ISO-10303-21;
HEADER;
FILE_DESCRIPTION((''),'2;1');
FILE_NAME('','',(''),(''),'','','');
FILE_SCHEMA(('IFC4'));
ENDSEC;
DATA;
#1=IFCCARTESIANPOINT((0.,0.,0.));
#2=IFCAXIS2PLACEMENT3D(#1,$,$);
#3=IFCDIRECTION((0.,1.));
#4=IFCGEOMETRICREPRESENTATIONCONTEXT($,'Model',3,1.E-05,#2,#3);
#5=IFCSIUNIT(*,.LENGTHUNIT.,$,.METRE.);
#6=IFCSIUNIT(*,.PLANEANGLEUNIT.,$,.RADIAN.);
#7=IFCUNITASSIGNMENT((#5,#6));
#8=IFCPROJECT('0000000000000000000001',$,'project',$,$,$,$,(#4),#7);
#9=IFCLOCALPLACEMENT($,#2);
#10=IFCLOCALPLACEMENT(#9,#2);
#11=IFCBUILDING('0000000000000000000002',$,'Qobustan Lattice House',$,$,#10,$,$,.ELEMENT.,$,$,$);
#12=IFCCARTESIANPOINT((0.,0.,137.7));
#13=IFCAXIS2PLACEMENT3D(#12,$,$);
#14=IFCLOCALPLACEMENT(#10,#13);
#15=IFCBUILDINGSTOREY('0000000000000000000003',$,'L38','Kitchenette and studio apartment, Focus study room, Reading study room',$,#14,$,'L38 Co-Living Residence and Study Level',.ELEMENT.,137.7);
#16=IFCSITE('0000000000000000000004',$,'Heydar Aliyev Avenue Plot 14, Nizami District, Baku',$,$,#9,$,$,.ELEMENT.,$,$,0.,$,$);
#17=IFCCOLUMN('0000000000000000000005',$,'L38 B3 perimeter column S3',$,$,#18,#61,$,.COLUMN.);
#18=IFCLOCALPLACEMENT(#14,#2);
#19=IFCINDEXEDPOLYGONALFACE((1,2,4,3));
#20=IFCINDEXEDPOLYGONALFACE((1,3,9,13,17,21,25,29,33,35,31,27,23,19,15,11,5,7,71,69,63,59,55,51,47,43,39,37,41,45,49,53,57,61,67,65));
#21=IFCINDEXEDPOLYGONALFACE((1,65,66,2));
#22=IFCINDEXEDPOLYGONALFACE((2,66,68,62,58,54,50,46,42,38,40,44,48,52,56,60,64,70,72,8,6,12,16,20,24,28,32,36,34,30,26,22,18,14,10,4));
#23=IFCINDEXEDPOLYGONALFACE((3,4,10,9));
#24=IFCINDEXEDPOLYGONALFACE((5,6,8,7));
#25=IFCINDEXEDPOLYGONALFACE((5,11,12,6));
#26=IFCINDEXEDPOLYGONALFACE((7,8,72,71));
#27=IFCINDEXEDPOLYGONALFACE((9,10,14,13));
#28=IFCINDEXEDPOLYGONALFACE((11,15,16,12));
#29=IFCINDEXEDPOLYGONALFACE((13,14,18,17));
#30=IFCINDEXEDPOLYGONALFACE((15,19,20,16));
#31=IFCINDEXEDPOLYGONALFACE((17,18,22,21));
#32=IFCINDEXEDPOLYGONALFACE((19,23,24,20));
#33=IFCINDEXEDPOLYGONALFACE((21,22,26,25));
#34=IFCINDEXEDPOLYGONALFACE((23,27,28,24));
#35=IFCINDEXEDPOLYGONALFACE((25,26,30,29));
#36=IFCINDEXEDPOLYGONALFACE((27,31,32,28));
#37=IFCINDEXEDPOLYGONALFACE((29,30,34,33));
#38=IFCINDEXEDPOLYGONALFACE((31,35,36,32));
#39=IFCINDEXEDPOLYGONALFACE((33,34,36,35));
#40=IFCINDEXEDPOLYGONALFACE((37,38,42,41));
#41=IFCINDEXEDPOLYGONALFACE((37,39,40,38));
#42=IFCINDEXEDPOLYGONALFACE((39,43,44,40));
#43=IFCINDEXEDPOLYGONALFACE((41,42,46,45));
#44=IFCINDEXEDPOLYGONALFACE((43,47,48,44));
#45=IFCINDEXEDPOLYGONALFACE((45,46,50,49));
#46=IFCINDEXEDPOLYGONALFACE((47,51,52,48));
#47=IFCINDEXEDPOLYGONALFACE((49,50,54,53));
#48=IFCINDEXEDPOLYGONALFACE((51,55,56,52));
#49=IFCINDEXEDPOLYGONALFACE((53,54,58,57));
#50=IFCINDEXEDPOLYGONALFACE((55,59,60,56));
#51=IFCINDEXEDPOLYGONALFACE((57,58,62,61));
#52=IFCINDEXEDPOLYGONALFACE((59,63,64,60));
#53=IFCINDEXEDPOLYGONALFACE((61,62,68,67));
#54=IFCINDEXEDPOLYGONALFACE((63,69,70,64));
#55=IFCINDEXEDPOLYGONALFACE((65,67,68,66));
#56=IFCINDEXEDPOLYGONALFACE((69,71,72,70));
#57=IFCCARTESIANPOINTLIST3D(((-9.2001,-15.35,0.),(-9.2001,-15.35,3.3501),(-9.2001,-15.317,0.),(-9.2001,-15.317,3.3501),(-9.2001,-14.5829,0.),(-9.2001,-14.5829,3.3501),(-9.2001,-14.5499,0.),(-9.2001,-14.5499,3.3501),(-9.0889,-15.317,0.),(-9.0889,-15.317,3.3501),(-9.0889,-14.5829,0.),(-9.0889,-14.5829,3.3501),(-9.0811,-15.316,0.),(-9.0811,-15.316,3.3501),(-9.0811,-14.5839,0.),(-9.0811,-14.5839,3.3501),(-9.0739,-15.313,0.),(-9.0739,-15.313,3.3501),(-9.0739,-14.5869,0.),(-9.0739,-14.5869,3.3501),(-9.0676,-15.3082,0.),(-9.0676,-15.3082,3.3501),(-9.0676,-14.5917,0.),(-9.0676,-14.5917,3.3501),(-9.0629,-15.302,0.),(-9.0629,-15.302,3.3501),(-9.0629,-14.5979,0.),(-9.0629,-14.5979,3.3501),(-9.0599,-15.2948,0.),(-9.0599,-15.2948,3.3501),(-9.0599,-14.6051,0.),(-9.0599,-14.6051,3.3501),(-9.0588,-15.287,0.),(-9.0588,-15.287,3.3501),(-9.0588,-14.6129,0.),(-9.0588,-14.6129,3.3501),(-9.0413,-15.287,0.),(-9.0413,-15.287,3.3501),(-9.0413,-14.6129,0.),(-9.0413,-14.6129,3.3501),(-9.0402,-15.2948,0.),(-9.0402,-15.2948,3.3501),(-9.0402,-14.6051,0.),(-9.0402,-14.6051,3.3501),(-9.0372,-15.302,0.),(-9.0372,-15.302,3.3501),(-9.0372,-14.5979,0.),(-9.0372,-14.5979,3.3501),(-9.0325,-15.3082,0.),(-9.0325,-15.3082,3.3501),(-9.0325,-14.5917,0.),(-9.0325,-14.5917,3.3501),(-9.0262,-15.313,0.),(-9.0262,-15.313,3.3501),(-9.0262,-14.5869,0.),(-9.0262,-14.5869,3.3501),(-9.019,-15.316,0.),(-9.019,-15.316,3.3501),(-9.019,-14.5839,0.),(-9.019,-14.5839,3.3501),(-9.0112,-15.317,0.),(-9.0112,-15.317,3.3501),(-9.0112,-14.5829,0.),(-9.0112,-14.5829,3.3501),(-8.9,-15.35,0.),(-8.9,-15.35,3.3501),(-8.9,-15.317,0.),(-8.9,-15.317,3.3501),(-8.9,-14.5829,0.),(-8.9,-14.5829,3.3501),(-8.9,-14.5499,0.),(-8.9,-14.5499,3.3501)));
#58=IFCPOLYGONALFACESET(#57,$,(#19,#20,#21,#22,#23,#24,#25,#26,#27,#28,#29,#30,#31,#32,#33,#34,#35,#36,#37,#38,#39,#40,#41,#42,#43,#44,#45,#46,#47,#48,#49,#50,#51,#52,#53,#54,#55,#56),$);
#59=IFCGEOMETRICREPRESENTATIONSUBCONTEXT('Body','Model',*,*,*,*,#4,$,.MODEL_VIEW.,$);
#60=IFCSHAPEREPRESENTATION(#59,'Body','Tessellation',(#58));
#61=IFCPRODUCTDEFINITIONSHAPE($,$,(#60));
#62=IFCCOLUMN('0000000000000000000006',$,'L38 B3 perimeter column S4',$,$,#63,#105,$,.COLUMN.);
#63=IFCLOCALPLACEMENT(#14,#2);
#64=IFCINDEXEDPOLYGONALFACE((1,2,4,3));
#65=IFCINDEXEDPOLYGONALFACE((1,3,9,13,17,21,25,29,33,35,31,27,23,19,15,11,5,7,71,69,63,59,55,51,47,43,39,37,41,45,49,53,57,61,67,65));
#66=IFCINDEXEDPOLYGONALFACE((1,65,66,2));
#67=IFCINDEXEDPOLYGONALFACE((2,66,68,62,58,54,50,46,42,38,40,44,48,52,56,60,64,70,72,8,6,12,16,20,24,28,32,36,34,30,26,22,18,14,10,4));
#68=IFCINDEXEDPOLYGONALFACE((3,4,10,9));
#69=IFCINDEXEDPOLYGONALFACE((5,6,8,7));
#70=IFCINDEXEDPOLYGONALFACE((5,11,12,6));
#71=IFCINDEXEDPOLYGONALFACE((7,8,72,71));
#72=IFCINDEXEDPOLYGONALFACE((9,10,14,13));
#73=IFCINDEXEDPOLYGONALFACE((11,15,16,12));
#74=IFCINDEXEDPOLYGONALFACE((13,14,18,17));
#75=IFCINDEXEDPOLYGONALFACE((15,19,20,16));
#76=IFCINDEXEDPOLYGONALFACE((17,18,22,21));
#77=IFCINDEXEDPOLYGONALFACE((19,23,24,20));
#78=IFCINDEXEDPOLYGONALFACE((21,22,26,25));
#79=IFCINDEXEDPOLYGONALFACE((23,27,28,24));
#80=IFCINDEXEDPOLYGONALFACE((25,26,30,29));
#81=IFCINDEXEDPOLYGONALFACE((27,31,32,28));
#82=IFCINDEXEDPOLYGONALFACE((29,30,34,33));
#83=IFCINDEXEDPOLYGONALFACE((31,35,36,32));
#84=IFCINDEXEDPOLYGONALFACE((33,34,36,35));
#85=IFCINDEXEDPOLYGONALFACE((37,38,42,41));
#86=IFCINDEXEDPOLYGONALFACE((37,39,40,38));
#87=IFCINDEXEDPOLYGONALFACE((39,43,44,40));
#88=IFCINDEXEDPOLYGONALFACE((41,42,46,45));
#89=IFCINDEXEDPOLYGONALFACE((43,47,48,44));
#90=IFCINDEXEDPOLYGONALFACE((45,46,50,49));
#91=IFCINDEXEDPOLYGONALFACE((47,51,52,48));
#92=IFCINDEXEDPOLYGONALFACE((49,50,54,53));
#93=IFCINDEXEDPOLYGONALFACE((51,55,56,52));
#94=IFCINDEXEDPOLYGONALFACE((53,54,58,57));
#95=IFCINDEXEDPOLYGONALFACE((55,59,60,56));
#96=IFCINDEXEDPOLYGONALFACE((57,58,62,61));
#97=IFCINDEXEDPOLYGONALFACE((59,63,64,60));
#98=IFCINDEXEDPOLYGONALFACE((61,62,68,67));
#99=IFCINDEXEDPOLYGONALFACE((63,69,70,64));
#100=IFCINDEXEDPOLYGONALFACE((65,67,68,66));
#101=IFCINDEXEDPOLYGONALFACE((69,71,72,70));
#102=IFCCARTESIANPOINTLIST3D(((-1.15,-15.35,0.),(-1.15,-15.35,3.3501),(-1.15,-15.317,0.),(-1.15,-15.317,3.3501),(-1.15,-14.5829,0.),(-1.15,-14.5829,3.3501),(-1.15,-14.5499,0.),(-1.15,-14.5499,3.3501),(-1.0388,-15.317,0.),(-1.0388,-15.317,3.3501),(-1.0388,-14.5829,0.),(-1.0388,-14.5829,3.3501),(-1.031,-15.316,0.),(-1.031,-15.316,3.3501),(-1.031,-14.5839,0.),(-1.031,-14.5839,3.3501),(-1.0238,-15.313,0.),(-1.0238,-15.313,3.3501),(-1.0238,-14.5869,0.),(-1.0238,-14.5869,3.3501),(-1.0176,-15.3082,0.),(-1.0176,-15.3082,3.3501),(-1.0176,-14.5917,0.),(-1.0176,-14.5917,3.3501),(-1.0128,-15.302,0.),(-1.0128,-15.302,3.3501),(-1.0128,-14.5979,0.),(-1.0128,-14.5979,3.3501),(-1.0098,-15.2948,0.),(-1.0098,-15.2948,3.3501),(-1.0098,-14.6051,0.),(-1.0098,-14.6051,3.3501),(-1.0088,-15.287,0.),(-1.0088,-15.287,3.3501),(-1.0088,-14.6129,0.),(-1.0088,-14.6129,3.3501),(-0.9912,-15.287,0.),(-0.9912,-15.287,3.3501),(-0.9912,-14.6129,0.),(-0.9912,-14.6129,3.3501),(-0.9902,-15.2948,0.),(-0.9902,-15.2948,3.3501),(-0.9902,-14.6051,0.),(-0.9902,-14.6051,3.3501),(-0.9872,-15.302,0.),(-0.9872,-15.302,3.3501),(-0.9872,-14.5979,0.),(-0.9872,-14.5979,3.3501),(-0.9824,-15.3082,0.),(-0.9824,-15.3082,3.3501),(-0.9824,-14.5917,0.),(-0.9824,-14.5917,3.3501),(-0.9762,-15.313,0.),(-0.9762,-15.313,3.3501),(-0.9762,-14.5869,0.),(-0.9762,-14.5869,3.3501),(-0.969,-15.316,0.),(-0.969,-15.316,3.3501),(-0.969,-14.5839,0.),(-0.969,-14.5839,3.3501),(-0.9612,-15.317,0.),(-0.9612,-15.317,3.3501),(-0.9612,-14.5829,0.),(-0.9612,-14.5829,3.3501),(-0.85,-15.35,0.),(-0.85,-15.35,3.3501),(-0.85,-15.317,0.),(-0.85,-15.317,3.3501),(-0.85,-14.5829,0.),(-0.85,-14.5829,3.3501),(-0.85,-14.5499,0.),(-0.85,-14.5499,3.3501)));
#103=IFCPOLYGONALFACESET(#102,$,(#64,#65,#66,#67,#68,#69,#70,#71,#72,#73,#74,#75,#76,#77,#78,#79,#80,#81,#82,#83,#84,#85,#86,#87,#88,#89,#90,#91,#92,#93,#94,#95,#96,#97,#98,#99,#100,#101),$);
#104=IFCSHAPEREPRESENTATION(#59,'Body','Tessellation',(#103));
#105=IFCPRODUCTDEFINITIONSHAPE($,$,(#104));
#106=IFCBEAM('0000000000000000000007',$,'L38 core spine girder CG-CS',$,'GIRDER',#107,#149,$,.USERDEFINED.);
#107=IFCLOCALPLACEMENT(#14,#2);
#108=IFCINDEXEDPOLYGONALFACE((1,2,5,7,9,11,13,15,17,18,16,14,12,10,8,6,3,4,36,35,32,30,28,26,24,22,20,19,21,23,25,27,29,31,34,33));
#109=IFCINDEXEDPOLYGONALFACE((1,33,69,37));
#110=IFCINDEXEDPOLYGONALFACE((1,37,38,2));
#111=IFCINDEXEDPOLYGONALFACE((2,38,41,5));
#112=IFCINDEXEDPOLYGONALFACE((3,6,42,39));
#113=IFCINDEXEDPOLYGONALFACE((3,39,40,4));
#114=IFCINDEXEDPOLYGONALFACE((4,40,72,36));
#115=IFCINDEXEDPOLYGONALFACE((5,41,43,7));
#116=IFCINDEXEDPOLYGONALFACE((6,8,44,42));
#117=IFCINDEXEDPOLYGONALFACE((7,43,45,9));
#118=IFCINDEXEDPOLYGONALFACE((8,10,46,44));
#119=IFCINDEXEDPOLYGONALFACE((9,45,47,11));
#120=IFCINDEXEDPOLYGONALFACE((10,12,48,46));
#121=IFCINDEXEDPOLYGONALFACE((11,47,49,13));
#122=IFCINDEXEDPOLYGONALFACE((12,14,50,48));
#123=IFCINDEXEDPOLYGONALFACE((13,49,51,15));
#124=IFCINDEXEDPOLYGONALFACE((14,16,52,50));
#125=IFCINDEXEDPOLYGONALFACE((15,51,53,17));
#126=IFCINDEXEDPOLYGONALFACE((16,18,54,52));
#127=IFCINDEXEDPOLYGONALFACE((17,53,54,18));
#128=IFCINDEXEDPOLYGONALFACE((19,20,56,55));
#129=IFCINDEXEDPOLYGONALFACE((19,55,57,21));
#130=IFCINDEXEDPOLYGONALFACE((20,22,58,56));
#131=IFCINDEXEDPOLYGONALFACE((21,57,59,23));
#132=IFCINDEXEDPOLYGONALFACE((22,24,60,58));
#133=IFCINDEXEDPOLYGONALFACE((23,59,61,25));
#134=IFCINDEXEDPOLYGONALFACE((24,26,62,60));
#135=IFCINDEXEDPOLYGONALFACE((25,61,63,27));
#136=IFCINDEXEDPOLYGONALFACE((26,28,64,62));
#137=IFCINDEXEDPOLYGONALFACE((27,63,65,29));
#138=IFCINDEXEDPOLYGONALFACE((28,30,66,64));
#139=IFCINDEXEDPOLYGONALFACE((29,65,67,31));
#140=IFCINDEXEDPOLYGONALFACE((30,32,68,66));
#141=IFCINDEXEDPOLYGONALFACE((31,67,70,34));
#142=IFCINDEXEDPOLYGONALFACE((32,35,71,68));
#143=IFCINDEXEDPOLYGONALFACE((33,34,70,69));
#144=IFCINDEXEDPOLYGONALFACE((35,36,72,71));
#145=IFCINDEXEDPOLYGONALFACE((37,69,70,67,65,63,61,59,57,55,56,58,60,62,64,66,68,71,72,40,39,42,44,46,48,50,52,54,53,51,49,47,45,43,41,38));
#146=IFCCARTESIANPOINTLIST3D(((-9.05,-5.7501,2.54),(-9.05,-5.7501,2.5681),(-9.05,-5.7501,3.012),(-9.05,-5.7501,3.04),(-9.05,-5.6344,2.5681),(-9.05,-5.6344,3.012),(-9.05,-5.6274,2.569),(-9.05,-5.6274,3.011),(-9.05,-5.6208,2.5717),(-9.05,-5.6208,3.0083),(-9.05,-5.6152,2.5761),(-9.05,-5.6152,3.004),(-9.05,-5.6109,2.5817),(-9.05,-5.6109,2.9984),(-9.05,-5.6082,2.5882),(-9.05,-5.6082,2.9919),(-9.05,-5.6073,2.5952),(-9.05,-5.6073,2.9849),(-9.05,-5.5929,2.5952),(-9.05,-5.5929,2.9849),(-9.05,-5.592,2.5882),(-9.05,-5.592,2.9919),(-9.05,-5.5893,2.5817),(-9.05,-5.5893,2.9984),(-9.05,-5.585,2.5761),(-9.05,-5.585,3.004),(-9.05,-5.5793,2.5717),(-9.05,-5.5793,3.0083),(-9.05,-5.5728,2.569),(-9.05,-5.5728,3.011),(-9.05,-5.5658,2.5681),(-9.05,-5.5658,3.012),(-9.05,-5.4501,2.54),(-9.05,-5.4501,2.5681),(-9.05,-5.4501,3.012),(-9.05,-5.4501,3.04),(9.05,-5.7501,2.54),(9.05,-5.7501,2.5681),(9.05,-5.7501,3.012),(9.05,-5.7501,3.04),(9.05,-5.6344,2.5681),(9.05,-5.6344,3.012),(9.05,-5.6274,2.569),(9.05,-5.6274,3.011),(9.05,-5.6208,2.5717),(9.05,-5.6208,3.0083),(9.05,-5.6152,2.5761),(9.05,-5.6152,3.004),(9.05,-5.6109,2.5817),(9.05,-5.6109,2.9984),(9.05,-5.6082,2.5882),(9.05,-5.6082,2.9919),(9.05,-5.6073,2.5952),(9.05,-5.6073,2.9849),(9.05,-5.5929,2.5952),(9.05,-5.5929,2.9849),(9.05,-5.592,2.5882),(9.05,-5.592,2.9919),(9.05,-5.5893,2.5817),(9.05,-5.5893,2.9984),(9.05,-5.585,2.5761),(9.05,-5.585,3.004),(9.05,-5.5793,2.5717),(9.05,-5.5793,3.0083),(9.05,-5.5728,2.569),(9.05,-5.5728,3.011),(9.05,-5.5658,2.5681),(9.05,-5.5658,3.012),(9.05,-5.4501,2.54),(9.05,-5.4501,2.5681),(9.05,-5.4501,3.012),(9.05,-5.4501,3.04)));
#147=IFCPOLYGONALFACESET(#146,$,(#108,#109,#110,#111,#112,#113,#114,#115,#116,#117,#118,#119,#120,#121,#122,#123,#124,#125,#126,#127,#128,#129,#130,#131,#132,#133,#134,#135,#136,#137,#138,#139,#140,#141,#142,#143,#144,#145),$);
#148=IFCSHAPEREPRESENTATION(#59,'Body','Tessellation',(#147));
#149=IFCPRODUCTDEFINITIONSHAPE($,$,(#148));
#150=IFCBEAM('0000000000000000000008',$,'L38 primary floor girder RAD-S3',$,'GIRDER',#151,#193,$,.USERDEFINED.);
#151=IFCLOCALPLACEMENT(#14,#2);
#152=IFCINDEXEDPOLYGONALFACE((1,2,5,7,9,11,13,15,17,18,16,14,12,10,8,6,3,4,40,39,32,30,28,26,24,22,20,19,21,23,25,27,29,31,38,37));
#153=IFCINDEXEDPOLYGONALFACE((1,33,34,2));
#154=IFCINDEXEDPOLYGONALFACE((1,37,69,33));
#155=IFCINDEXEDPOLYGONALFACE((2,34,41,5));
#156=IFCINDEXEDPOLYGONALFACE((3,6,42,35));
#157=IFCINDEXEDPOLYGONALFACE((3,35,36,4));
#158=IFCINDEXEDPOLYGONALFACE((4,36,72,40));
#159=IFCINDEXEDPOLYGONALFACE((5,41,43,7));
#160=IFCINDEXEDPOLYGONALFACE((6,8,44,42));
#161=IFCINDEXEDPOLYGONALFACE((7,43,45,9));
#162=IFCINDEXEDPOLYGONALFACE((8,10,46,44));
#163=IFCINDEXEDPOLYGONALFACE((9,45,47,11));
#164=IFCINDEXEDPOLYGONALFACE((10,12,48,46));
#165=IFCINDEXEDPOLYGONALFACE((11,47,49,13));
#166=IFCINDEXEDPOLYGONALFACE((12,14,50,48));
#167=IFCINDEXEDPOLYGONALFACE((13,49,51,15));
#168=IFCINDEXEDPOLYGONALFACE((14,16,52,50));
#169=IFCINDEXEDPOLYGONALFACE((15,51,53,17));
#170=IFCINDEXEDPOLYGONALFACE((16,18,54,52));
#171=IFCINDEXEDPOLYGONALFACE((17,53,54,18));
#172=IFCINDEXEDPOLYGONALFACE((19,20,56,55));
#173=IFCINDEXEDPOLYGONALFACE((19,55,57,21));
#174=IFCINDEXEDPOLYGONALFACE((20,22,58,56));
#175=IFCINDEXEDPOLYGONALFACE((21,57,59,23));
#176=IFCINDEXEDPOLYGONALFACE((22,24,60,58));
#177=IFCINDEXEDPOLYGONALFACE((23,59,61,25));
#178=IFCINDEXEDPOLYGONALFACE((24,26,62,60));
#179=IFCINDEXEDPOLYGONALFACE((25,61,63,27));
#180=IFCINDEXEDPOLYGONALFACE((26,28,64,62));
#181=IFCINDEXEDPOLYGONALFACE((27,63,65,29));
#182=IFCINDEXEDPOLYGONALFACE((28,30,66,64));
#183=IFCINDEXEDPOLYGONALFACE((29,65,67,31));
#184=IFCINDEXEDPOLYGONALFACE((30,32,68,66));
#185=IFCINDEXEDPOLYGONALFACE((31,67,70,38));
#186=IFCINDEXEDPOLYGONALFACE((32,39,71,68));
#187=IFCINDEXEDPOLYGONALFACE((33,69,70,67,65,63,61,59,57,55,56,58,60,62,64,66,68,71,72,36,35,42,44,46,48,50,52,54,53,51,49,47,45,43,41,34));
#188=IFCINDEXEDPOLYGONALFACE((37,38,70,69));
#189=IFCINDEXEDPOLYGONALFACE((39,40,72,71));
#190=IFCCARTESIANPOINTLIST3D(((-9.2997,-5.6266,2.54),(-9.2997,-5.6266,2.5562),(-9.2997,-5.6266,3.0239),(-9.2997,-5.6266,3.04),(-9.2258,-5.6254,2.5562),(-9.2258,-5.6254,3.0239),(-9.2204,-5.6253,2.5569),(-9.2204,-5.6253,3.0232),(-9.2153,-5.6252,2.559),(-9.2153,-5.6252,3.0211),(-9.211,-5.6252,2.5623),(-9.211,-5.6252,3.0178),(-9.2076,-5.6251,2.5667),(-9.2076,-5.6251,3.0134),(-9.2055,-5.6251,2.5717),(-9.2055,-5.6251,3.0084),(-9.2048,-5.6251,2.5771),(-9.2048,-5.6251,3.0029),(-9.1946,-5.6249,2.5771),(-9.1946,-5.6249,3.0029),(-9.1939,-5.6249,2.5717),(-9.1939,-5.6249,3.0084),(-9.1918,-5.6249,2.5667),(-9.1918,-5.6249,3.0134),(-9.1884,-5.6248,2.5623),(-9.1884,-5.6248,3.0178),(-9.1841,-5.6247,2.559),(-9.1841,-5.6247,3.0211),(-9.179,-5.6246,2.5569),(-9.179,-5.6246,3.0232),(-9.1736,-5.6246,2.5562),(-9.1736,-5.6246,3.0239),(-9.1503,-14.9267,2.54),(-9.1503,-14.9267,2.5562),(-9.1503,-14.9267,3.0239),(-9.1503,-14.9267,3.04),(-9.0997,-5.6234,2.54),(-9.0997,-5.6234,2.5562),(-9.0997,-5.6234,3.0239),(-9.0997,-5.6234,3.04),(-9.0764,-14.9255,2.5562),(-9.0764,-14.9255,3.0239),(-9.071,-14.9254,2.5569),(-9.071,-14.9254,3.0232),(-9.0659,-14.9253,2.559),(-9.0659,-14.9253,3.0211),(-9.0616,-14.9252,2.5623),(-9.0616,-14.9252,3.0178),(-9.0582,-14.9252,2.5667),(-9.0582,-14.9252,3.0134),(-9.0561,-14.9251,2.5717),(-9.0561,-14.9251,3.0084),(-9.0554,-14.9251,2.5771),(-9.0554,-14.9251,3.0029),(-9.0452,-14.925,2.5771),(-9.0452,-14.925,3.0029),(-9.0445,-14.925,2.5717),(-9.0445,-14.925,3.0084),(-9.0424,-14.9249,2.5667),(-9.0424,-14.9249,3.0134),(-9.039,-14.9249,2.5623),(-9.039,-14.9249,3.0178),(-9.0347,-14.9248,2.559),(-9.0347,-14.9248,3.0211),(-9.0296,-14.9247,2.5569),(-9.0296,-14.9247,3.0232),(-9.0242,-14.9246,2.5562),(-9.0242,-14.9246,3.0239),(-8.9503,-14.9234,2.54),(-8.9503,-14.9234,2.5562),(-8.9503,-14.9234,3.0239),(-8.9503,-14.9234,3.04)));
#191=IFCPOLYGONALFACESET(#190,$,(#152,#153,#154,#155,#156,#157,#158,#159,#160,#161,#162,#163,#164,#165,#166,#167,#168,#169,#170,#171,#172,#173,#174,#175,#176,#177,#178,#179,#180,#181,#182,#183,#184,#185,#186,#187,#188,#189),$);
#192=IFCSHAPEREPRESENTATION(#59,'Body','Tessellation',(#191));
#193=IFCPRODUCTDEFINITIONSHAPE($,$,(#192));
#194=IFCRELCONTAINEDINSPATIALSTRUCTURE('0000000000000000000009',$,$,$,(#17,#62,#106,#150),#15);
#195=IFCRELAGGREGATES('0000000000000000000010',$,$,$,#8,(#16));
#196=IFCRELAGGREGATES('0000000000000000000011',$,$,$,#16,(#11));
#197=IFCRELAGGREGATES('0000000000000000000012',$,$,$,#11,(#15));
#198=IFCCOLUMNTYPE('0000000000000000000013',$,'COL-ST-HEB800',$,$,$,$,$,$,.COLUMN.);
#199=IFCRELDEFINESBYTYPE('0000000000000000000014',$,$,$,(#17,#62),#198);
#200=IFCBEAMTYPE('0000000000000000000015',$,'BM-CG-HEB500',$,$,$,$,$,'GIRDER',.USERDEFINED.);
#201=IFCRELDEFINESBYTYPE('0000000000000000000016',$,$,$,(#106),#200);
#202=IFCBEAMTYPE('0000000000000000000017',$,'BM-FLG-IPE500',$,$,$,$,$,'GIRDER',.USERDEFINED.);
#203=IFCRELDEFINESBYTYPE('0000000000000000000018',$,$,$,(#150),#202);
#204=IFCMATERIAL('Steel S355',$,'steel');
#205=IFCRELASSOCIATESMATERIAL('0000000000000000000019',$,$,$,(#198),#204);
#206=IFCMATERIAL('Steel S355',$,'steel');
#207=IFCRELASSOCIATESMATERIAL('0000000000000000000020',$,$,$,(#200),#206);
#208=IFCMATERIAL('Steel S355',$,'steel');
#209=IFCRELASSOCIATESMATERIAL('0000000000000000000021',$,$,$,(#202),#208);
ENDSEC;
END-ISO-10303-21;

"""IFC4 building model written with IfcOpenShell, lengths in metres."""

from ifc_helpers import new_model, si_unit, direction, frame, origin, origin_2d, place, context, subcontext, project, spatial, i_section, extrude, material, material_profile, profile_set, type_object, element, save


model = new_model("IFC4")

# Units and contexts
model_context = context("Model", 3, precision=1e-05, world=origin(), true_north=direction((0.0, 1.0)))
body_context = subcontext(model_context, "Body", "Model", "MODEL_VIEW")
ifc_project = project(units=[si_unit("LENGTHUNIT", "METRE"), si_unit("PLANEANGLEUNIT", "RADIAN")], contexts=[model_context])

# Site, building, storey
site_placement = place(None, origin())
site = spatial("IfcSite", under=ifc_project, at=site_placement, Name="Heydar Aliyev Avenue Plot 14, Nizami District, Baku", CompositionType="ELEMENT", RefElevation=0.0)
building_placement = place(site_placement, origin())
building = spatial("IfcBuilding", under=site, at=building_placement, Name="Qobustan Lattice House", CompositionType="ELEMENT")
storey_placement = place(building_placement, frame((0.0, 0.0, 137.7)))
storey = spatial("IfcBuildingStorey", under=building, at=storey_placement, Name="L38", Description="Kitchenette and studio apartment, Focus study room, Reading study room", LongName="L38 Co-Living Residence and Study Level", CompositionType="ELEMENT", Elevation=137.7)

# Columns
ifc_material_1 = material(Name="Steel S355", Category="steel")
ifc_material_profile_1 = material_profile(ifc_material_1, i_section(OverallWidth=0.3, OverallDepth=0.8, WebThickness=0.0176, FlangeThickness=0.033, FilletRadius=0.03, at=origin_2d()), Name="HEB800")
ifc_profile_set_1 = profile_set([ifc_material_profile_1], Name="Steel S355")
column_type = type_object("IfcColumnType", Name="COL-ST-HEB800", PredefinedType="COLUMN", material=ifc_profile_set_1)
for number, where, z_axis, x_axis, name in (
    (1, (-9.05, -14.95, 0.0), (0.0, 0.0, 1.0), (1.0, 0.0, 0.0), "L38 B3 perimeter column S3"),
    (2, (-1.0, -14.95, 0.0), (0.0, 0.0, 1.0), (1.0, 0.0, 0.0), "L38 B3 perimeter column S4"),
):
    element("IfcColumn", number, at=place(storey_placement, frame(where, z_axis=z_axis, x_axis=x_axis)), inside=storey, type_object=column_type, Name=name, PredefinedType="COLUMN", context=body_context, shape_type="SweptSolid", body=[
        extrude(i_section(OverallWidth=0.3, OverallDepth=0.8, WebThickness=0.0176, FlangeThickness=0.033, FilletRadius=0.03, at=origin_2d()), origin(), (0.0, 0.0, 1.0), 3.3501),
    ])

# Beams
ifc_material_2 = material(Name="Steel S355", Category="steel")
ifc_material_profile_2 = material_profile(ifc_material_2, i_section(OverallWidth=0.3, OverallDepth=0.5, WebThickness=0.0144, FlangeThickness=0.0281, FilletRadius=0.0271, at=origin_2d()), Name="HEB500")
ifc_profile_set_2 = profile_set([ifc_material_profile_2], Name="Steel S355")
beam_type_1 = type_object("IfcBeamType", Name="BM-CG-HEB500", ElementType="GIRDER", PredefinedType="USERDEFINED", material=ifc_profile_set_2)
beam_1_placement = place(storey_placement, frame((-9.05, -5.6001, 2.79), z_axis=(1.0, 0.0, 0.0), x_axis=(0.0, 1.0, 0.0)))
element("IfcBeam", 3, at=beam_1_placement, inside=storey, type_object=beam_type_1, Name="L38 core spine girder CG-CS", ObjectType="GIRDER", PredefinedType="USERDEFINED", context=body_context, shape_type="SweptSolid", body=[
    extrude(i_section(OverallWidth=0.3, OverallDepth=0.5, WebThickness=0.0144, FlangeThickness=0.0281, FilletRadius=0.0271, at=origin_2d()), origin(), (0.0, 0.0, 1.0), 18.1001),
])
ifc_material_3 = material(Name="Steel S355", Category="steel")
ifc_material_profile_3 = material_profile(ifc_material_3, i_section(OverallWidth=0.2, OverallDepth=0.5, WebThickness=0.0103, FlangeThickness=0.0161, FilletRadius=0.021, at=origin_2d()), Name="IPE500")
ifc_profile_set_3 = profile_set([ifc_material_profile_3], Name="Steel S355")
beam_type_2 = type_object("IfcBeamType", Name="BM-FLG-IPE500", ElementType="GIRDER", PredefinedType="USERDEFINED", material=ifc_profile_set_3)
beam_2_placement = place(storey_placement, frame((-9.0503, -14.925, 2.79), z_axis=(-0.016064, 0.999871, 0.0), x_axis=(-0.999871, -0.016064, 0.0)))
element("IfcBeam", 4, at=beam_2_placement, inside=storey, type_object=beam_type_2, Name="L38 primary floor girder RAD-S3", ObjectType="GIRDER", PredefinedType="USERDEFINED", context=body_context, shape_type="SweptSolid", body=[
    extrude(i_section(OverallWidth=0.2, OverallDepth=0.5, WebThickness=0.0103, FlangeThickness=0.0161, FilletRadius=0.021, at=origin_2d()), origin(), (0.0, 0.0, 1.0), 9.3013),
])

save(model, "model.ifc")
